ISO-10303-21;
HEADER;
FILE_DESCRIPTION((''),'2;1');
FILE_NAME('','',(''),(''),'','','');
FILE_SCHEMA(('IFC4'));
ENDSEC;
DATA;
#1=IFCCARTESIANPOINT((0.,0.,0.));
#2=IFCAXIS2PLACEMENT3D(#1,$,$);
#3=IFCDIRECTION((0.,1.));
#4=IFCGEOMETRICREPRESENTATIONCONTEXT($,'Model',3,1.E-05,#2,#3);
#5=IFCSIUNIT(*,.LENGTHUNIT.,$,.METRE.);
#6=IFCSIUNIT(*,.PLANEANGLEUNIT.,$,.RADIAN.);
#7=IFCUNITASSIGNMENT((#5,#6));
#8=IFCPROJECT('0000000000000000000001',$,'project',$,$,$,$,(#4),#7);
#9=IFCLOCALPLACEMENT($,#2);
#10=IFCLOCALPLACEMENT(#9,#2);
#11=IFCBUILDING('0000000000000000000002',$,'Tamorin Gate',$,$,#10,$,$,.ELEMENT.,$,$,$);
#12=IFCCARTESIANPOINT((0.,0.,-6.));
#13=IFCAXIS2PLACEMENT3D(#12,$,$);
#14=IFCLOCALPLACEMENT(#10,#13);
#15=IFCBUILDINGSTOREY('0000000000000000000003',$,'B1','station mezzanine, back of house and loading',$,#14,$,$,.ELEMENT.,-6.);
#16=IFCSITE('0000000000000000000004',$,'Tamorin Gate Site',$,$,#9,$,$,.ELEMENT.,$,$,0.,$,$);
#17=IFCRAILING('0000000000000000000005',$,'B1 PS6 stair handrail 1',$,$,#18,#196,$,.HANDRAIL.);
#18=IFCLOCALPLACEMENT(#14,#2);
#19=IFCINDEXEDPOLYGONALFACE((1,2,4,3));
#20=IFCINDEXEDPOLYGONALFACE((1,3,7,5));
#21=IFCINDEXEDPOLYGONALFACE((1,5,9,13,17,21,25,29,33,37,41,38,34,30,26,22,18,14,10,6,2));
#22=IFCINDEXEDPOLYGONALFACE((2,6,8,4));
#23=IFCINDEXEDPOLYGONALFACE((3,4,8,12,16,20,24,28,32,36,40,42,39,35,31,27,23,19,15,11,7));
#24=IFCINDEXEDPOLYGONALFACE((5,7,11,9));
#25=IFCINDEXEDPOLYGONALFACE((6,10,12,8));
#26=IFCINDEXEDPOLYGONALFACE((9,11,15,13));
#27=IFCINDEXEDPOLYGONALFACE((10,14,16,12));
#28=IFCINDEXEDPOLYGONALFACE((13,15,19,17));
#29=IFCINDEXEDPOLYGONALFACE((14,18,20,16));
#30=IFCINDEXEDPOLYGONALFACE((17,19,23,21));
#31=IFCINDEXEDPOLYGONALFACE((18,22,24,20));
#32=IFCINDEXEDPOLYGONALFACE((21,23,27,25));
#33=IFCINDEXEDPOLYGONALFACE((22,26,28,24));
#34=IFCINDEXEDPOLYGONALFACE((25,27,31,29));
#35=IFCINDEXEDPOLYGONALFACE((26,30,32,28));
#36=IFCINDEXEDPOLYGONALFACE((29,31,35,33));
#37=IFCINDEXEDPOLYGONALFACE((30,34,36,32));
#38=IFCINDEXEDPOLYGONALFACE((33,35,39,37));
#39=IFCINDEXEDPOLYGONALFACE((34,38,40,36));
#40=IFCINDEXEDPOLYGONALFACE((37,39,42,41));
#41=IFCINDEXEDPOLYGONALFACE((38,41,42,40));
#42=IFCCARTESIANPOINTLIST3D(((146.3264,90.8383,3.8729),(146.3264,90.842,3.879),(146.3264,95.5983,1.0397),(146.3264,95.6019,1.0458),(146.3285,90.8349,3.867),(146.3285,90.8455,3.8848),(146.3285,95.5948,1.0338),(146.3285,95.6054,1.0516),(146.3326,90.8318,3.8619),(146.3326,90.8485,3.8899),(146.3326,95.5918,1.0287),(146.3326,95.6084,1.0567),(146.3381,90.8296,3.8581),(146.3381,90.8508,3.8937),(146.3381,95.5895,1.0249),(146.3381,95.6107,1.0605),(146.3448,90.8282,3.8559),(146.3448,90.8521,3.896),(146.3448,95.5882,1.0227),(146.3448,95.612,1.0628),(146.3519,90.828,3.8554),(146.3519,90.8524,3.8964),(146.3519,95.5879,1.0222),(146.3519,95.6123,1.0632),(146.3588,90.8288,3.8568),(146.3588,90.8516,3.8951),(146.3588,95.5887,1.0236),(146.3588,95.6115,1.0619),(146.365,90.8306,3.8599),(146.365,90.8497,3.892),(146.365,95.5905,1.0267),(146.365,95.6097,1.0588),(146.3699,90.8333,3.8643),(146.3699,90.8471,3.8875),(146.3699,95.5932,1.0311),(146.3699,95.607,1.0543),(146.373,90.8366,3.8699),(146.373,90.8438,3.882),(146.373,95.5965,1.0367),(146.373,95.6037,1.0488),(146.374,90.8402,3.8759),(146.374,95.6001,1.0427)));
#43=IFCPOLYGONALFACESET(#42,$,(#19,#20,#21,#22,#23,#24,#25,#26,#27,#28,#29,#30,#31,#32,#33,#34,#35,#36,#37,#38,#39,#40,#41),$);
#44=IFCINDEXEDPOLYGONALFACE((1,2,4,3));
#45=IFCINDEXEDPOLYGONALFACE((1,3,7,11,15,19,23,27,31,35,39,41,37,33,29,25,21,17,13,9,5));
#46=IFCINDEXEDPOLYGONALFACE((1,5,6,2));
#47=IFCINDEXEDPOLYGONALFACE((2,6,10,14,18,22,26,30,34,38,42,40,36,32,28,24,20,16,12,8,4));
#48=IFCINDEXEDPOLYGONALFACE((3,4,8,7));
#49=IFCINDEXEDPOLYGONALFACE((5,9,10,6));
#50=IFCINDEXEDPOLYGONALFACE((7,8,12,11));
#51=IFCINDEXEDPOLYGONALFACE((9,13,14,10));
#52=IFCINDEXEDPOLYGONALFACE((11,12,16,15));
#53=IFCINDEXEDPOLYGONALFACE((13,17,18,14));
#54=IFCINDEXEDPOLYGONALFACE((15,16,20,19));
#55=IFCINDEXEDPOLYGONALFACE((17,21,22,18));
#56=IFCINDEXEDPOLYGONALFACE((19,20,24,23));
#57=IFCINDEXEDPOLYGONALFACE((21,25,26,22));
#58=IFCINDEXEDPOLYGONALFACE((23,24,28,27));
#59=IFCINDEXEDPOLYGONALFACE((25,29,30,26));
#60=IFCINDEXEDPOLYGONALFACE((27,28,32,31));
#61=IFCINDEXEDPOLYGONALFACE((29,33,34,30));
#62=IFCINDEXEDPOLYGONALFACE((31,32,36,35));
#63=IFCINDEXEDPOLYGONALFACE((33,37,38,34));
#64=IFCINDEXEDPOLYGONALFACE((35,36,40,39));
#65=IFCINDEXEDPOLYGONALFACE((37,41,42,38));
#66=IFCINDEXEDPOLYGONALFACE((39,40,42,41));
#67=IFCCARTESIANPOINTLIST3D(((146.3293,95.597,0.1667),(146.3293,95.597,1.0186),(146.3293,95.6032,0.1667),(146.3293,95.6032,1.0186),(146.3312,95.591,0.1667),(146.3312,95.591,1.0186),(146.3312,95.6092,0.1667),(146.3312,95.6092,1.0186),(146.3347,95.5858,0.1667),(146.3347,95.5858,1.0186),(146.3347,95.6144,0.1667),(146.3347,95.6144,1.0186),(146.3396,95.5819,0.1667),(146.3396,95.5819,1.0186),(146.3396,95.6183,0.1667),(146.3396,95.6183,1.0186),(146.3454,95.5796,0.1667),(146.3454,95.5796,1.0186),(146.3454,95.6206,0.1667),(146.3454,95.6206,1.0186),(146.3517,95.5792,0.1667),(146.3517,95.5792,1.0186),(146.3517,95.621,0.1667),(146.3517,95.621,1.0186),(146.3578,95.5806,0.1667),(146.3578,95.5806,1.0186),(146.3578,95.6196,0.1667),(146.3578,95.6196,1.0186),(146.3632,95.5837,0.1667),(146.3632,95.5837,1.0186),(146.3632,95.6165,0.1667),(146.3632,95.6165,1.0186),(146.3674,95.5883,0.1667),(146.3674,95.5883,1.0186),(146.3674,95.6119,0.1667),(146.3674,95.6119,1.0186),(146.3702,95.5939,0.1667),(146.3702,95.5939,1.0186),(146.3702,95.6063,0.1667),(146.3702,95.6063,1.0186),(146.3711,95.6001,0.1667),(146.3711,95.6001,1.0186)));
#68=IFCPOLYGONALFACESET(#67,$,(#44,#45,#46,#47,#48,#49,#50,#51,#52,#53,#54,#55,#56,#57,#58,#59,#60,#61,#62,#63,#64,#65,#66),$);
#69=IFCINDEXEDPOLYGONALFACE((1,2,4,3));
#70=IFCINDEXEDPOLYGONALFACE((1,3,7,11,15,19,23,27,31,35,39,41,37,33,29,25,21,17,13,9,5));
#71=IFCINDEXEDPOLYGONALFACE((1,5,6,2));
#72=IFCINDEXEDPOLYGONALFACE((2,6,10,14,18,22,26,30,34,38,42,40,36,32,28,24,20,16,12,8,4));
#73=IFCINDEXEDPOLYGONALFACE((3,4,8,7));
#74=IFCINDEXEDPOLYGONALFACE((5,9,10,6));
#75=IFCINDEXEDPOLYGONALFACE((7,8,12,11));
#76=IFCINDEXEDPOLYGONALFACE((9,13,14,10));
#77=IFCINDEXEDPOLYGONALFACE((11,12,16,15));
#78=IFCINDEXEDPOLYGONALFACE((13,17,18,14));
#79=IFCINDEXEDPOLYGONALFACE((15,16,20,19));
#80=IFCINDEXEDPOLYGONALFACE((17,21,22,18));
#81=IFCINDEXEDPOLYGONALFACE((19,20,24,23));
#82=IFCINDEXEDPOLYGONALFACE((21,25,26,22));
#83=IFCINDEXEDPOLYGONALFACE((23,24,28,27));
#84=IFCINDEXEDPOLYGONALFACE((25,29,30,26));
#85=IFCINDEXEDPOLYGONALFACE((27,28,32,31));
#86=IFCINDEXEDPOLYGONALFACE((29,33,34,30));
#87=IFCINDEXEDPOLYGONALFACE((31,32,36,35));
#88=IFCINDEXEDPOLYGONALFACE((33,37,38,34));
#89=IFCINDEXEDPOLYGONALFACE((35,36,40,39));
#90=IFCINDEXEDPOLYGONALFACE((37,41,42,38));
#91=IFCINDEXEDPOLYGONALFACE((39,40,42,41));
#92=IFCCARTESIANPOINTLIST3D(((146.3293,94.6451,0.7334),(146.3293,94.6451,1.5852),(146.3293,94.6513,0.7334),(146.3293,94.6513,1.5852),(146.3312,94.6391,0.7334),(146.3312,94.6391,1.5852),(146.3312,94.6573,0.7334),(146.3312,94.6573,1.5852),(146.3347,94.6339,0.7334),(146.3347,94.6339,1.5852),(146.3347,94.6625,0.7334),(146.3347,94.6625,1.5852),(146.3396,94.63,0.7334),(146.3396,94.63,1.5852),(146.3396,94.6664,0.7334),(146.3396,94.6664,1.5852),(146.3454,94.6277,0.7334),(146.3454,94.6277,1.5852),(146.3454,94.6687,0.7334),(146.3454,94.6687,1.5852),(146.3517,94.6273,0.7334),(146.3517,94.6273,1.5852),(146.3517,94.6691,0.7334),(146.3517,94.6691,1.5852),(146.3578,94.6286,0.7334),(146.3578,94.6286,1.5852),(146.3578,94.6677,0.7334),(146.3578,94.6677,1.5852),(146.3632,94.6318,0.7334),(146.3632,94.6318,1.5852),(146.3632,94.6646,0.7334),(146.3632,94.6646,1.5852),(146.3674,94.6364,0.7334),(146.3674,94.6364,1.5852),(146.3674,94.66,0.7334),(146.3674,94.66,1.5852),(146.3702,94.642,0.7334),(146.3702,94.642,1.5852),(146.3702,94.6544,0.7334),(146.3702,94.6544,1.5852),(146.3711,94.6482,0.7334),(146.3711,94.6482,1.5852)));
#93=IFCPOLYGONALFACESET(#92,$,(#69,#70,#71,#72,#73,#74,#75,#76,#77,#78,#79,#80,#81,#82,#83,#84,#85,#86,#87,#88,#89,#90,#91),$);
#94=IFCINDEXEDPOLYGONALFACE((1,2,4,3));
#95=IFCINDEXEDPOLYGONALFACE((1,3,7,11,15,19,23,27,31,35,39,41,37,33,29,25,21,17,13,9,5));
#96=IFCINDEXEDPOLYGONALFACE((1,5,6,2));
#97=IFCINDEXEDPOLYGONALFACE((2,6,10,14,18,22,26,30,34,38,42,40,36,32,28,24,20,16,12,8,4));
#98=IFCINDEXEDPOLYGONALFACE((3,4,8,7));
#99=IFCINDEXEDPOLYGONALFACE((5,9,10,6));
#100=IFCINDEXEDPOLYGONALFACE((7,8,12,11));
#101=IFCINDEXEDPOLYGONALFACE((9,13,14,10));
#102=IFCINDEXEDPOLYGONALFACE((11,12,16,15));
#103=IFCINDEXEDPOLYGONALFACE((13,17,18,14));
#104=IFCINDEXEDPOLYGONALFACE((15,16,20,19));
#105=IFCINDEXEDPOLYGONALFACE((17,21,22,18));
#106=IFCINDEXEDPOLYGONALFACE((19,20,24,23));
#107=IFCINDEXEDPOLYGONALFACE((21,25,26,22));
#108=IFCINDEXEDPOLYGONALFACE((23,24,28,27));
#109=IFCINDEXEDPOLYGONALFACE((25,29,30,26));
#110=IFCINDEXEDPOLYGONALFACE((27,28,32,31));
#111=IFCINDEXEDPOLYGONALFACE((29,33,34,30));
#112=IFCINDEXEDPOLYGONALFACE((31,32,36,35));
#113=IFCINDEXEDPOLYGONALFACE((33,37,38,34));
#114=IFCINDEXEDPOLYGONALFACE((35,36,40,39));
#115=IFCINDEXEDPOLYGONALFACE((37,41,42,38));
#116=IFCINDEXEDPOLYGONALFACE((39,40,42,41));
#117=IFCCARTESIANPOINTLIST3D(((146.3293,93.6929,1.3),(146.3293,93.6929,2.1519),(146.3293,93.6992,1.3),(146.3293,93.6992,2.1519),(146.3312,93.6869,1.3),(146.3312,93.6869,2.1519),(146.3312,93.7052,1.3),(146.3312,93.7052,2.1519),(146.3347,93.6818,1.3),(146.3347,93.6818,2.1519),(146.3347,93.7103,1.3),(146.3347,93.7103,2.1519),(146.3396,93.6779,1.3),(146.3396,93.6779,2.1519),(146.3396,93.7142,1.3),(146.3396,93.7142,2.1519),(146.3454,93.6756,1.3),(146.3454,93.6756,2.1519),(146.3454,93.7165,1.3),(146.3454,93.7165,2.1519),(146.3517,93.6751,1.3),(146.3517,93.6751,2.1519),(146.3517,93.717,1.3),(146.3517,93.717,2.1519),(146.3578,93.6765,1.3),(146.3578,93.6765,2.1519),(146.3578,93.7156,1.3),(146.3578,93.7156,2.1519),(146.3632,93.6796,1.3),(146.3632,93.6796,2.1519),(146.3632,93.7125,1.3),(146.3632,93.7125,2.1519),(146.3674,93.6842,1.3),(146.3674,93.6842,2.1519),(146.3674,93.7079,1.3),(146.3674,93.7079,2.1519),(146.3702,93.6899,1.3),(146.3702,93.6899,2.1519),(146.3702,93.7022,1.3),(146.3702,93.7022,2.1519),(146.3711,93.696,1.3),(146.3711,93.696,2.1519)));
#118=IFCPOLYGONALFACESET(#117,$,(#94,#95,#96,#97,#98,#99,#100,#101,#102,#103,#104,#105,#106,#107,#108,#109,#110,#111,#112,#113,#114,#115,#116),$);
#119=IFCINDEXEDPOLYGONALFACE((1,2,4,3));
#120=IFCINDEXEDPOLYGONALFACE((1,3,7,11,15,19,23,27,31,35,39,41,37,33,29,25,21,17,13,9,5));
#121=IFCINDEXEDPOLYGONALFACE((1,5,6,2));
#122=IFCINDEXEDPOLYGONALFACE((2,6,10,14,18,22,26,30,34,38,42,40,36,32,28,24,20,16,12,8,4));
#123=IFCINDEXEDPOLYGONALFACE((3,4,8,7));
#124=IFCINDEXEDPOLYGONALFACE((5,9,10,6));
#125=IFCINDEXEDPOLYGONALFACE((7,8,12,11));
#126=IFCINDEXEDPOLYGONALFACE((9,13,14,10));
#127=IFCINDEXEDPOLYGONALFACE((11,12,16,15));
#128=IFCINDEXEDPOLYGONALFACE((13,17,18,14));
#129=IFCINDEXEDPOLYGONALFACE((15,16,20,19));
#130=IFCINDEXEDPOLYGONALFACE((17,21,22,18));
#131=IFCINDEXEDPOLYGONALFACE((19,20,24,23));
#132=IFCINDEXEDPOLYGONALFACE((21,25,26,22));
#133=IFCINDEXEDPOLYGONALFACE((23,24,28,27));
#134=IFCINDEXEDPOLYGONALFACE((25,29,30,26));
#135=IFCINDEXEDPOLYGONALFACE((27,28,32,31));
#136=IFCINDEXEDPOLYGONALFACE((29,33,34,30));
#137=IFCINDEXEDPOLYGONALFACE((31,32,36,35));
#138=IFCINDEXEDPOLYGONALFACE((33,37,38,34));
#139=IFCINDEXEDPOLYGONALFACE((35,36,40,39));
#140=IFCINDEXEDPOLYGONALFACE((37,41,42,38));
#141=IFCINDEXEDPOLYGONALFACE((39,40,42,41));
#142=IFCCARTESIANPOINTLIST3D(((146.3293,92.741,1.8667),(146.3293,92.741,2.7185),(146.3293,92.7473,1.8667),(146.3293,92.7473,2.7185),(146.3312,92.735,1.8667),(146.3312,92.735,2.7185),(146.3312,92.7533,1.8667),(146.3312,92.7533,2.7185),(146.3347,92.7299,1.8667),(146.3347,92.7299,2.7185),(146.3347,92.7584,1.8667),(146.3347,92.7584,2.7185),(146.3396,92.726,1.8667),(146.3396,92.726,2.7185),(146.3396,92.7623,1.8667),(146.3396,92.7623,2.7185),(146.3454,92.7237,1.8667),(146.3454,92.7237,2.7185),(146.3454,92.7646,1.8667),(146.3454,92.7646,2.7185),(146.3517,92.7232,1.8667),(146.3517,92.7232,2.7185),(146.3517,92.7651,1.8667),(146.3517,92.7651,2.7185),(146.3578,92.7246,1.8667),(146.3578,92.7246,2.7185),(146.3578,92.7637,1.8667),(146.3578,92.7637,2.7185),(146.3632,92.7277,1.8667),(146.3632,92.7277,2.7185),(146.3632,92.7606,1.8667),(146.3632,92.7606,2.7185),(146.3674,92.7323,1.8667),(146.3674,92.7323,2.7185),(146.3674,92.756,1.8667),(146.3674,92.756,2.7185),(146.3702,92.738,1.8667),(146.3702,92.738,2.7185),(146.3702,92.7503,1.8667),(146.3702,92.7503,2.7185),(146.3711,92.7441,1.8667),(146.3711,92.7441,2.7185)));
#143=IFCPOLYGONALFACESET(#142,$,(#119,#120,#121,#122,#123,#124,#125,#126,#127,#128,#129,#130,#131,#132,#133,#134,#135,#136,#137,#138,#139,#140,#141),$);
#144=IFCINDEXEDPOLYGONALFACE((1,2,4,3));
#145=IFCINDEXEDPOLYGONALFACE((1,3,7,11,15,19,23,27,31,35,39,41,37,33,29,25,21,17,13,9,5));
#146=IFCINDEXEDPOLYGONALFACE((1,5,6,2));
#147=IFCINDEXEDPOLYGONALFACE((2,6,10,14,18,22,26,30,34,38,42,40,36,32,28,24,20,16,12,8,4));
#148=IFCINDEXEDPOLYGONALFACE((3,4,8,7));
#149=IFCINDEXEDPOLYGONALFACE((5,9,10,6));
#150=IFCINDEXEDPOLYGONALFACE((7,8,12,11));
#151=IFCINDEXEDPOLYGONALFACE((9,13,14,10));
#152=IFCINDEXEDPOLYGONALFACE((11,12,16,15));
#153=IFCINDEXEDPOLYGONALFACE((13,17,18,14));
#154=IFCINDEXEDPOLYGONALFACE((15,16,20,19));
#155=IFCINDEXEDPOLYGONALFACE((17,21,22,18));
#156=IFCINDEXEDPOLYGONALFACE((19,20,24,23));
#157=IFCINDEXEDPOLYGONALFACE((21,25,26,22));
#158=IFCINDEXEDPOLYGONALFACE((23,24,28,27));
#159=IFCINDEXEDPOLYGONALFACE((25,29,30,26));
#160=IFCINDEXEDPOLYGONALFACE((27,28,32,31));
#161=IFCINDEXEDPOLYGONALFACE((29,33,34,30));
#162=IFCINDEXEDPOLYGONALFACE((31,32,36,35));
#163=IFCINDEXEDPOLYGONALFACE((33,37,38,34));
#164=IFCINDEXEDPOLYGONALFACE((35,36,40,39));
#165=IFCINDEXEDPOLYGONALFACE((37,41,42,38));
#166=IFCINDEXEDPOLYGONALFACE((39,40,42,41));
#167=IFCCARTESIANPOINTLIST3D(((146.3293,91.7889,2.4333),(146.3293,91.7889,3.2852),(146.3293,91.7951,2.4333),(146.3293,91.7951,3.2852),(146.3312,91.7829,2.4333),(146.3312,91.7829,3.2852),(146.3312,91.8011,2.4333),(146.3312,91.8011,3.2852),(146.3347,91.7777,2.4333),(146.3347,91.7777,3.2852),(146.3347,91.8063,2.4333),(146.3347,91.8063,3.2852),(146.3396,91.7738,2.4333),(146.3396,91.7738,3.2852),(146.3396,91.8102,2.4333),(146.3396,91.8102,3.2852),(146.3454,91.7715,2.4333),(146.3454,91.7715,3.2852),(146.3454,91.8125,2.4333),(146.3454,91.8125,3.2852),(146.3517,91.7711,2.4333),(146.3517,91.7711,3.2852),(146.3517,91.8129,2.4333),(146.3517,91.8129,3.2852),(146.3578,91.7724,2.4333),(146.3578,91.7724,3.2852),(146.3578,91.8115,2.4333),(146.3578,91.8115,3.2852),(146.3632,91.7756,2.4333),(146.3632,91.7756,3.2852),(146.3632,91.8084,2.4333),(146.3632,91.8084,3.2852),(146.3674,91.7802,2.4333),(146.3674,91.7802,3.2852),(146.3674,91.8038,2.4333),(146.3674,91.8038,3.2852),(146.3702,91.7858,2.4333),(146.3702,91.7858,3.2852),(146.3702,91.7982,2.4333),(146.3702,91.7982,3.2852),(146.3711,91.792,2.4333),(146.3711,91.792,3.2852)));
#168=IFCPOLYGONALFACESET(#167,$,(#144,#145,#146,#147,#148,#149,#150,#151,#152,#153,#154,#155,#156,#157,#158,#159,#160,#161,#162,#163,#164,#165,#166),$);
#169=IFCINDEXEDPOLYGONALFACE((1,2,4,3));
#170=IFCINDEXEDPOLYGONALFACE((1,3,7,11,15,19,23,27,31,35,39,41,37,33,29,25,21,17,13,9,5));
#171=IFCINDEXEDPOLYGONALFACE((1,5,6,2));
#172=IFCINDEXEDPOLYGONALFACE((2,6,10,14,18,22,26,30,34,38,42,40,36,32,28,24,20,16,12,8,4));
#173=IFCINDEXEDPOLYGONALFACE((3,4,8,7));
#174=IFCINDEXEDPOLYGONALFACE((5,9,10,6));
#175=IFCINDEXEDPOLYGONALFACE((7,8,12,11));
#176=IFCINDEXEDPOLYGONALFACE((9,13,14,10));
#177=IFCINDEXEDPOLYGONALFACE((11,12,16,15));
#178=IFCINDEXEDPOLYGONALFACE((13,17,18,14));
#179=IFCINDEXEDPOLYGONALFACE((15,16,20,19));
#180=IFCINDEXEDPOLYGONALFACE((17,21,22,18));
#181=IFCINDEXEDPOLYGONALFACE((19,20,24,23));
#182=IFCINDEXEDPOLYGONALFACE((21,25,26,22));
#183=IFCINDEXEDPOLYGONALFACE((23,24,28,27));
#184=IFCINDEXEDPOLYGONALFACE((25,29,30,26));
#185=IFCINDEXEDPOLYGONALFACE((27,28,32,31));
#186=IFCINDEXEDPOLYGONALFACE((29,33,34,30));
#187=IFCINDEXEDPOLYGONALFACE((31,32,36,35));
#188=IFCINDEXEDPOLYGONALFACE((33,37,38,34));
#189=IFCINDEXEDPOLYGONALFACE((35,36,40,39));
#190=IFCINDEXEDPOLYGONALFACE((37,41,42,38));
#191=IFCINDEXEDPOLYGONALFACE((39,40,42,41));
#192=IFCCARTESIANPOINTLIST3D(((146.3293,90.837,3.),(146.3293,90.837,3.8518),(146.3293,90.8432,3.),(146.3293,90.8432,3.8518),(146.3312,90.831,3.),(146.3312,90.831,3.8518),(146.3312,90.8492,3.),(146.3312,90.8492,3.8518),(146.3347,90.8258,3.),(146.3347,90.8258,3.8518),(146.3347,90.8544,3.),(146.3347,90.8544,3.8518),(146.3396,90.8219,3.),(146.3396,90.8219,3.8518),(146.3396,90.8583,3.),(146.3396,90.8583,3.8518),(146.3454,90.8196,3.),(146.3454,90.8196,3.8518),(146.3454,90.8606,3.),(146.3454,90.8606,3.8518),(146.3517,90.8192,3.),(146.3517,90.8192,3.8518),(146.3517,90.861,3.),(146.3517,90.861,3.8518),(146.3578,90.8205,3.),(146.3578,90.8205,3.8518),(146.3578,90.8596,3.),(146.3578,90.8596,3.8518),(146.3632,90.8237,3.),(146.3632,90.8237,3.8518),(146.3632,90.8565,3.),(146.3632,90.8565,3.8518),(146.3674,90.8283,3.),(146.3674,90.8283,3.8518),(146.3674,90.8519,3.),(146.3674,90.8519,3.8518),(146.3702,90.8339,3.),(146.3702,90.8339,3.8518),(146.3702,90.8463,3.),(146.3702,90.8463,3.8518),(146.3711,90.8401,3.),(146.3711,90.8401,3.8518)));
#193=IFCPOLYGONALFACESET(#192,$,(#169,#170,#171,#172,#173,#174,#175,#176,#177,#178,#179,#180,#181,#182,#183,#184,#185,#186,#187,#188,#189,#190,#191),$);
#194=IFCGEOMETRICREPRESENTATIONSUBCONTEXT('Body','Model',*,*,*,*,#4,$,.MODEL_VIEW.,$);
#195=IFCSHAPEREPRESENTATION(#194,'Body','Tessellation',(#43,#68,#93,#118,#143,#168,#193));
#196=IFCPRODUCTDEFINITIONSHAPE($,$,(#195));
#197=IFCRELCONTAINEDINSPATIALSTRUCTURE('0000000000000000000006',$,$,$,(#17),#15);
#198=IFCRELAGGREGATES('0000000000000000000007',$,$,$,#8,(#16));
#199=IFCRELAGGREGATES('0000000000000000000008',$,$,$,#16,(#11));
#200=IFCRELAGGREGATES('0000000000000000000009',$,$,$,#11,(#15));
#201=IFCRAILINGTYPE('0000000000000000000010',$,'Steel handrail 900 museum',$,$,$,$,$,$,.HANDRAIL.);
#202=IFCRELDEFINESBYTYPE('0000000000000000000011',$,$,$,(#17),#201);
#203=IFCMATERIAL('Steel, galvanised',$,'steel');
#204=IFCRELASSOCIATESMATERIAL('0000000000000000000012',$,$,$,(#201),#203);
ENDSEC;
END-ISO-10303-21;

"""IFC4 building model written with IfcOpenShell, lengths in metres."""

from ifc_helpers import new_model, si_unit, direction, frame, origin, origin_2d, place, context, subcontext, project, spatial, circle, extrude, material, type_object, element, save


model = new_model("IFC4")

# Units and contexts
model_context = context("Model", 3, precision=1e-05, world=origin(), true_north=direction((0.0, 1.0)))
body_context = subcontext(model_context, "Body", "Model", "MODEL_VIEW")
ifc_project = project(units=[si_unit("LENGTHUNIT", "METRE"), si_unit("PLANEANGLEUNIT", "RADIAN")], contexts=[model_context])

# Site, building, storey
site_placement = place(None, origin())
site = spatial("IfcSite", under=ifc_project, at=site_placement, Name="Tamorin Gate Site", CompositionType="ELEMENT", RefElevation=0.0)
building_placement = place(site_placement, origin())
building = spatial("IfcBuilding", under=site, at=building_placement, Name="Tamorin Gate", CompositionType="ELEMENT")
storey_placement = place(building_placement, frame((0.0, 0.0, -6.0)))
storey = spatial("IfcBuildingStorey", under=building, at=storey_placement, Name="B1", Description="station mezzanine, back of house and loading", CompositionType="ELEMENT", Elevation=-6.0)

# Railing
ifc_material_1 = material(Name="Steel, galvanised", Category="steel")
railing_type_1 = type_object("IfcRailingType", Name="Steel handrail 900 museum", PredefinedType="HANDRAIL", material=ifc_material_1)
railing_1_placement = place(storey_placement, frame((146.3501, 95.6001, 0.1667)))
element("IfcRailing", 1, at=railing_1_placement, inside=storey, type_object=railing_type_1, Name="B1 PS6 stair handrail 1", PredefinedType="HANDRAIL", context=body_context, shape_type="SweptSolid", body=[
    extrude(circle(Radius=0.0239, at=origin_2d()), frame((0.0, 0.0, 0.876), z_axis=(0.0, -0.8593, 0.511472), x_axis=(1.0, 0.0, 0.0)), (0.0, 0.0, 1.0), 5.5393),
    extrude(circle(Radius=0.021, at=origin_2d()), origin(), (0.0, 0.0, 1.0), 0.8518),
    extrude(circle(Radius=0.021, at=origin_2d()), frame((0.0, -0.9519, 0.5667)), (0.0, 0.0, 1.0), 0.8518),
    extrude(circle(Radius=0.021, at=origin_2d()), frame((0.0, -1.9041, 1.1333)), (0.0, 0.0, 1.0), 0.8518),
    extrude(circle(Radius=0.021, at=origin_2d()), frame((0.0, -2.856, 1.7)), (0.0, 0.0, 1.0), 0.8518),
    extrude(circle(Radius=0.021, at=origin_2d()), frame((0.0, -3.8081, 2.2666)), (0.0, 0.0, 1.0), 0.8518),
    extrude(circle(Radius=0.021, at=origin_2d()), frame((0.0, -4.76, 2.8333)), (0.0, 0.0, 1.0), 0.8518),
])

save(model, "model.ifc")
